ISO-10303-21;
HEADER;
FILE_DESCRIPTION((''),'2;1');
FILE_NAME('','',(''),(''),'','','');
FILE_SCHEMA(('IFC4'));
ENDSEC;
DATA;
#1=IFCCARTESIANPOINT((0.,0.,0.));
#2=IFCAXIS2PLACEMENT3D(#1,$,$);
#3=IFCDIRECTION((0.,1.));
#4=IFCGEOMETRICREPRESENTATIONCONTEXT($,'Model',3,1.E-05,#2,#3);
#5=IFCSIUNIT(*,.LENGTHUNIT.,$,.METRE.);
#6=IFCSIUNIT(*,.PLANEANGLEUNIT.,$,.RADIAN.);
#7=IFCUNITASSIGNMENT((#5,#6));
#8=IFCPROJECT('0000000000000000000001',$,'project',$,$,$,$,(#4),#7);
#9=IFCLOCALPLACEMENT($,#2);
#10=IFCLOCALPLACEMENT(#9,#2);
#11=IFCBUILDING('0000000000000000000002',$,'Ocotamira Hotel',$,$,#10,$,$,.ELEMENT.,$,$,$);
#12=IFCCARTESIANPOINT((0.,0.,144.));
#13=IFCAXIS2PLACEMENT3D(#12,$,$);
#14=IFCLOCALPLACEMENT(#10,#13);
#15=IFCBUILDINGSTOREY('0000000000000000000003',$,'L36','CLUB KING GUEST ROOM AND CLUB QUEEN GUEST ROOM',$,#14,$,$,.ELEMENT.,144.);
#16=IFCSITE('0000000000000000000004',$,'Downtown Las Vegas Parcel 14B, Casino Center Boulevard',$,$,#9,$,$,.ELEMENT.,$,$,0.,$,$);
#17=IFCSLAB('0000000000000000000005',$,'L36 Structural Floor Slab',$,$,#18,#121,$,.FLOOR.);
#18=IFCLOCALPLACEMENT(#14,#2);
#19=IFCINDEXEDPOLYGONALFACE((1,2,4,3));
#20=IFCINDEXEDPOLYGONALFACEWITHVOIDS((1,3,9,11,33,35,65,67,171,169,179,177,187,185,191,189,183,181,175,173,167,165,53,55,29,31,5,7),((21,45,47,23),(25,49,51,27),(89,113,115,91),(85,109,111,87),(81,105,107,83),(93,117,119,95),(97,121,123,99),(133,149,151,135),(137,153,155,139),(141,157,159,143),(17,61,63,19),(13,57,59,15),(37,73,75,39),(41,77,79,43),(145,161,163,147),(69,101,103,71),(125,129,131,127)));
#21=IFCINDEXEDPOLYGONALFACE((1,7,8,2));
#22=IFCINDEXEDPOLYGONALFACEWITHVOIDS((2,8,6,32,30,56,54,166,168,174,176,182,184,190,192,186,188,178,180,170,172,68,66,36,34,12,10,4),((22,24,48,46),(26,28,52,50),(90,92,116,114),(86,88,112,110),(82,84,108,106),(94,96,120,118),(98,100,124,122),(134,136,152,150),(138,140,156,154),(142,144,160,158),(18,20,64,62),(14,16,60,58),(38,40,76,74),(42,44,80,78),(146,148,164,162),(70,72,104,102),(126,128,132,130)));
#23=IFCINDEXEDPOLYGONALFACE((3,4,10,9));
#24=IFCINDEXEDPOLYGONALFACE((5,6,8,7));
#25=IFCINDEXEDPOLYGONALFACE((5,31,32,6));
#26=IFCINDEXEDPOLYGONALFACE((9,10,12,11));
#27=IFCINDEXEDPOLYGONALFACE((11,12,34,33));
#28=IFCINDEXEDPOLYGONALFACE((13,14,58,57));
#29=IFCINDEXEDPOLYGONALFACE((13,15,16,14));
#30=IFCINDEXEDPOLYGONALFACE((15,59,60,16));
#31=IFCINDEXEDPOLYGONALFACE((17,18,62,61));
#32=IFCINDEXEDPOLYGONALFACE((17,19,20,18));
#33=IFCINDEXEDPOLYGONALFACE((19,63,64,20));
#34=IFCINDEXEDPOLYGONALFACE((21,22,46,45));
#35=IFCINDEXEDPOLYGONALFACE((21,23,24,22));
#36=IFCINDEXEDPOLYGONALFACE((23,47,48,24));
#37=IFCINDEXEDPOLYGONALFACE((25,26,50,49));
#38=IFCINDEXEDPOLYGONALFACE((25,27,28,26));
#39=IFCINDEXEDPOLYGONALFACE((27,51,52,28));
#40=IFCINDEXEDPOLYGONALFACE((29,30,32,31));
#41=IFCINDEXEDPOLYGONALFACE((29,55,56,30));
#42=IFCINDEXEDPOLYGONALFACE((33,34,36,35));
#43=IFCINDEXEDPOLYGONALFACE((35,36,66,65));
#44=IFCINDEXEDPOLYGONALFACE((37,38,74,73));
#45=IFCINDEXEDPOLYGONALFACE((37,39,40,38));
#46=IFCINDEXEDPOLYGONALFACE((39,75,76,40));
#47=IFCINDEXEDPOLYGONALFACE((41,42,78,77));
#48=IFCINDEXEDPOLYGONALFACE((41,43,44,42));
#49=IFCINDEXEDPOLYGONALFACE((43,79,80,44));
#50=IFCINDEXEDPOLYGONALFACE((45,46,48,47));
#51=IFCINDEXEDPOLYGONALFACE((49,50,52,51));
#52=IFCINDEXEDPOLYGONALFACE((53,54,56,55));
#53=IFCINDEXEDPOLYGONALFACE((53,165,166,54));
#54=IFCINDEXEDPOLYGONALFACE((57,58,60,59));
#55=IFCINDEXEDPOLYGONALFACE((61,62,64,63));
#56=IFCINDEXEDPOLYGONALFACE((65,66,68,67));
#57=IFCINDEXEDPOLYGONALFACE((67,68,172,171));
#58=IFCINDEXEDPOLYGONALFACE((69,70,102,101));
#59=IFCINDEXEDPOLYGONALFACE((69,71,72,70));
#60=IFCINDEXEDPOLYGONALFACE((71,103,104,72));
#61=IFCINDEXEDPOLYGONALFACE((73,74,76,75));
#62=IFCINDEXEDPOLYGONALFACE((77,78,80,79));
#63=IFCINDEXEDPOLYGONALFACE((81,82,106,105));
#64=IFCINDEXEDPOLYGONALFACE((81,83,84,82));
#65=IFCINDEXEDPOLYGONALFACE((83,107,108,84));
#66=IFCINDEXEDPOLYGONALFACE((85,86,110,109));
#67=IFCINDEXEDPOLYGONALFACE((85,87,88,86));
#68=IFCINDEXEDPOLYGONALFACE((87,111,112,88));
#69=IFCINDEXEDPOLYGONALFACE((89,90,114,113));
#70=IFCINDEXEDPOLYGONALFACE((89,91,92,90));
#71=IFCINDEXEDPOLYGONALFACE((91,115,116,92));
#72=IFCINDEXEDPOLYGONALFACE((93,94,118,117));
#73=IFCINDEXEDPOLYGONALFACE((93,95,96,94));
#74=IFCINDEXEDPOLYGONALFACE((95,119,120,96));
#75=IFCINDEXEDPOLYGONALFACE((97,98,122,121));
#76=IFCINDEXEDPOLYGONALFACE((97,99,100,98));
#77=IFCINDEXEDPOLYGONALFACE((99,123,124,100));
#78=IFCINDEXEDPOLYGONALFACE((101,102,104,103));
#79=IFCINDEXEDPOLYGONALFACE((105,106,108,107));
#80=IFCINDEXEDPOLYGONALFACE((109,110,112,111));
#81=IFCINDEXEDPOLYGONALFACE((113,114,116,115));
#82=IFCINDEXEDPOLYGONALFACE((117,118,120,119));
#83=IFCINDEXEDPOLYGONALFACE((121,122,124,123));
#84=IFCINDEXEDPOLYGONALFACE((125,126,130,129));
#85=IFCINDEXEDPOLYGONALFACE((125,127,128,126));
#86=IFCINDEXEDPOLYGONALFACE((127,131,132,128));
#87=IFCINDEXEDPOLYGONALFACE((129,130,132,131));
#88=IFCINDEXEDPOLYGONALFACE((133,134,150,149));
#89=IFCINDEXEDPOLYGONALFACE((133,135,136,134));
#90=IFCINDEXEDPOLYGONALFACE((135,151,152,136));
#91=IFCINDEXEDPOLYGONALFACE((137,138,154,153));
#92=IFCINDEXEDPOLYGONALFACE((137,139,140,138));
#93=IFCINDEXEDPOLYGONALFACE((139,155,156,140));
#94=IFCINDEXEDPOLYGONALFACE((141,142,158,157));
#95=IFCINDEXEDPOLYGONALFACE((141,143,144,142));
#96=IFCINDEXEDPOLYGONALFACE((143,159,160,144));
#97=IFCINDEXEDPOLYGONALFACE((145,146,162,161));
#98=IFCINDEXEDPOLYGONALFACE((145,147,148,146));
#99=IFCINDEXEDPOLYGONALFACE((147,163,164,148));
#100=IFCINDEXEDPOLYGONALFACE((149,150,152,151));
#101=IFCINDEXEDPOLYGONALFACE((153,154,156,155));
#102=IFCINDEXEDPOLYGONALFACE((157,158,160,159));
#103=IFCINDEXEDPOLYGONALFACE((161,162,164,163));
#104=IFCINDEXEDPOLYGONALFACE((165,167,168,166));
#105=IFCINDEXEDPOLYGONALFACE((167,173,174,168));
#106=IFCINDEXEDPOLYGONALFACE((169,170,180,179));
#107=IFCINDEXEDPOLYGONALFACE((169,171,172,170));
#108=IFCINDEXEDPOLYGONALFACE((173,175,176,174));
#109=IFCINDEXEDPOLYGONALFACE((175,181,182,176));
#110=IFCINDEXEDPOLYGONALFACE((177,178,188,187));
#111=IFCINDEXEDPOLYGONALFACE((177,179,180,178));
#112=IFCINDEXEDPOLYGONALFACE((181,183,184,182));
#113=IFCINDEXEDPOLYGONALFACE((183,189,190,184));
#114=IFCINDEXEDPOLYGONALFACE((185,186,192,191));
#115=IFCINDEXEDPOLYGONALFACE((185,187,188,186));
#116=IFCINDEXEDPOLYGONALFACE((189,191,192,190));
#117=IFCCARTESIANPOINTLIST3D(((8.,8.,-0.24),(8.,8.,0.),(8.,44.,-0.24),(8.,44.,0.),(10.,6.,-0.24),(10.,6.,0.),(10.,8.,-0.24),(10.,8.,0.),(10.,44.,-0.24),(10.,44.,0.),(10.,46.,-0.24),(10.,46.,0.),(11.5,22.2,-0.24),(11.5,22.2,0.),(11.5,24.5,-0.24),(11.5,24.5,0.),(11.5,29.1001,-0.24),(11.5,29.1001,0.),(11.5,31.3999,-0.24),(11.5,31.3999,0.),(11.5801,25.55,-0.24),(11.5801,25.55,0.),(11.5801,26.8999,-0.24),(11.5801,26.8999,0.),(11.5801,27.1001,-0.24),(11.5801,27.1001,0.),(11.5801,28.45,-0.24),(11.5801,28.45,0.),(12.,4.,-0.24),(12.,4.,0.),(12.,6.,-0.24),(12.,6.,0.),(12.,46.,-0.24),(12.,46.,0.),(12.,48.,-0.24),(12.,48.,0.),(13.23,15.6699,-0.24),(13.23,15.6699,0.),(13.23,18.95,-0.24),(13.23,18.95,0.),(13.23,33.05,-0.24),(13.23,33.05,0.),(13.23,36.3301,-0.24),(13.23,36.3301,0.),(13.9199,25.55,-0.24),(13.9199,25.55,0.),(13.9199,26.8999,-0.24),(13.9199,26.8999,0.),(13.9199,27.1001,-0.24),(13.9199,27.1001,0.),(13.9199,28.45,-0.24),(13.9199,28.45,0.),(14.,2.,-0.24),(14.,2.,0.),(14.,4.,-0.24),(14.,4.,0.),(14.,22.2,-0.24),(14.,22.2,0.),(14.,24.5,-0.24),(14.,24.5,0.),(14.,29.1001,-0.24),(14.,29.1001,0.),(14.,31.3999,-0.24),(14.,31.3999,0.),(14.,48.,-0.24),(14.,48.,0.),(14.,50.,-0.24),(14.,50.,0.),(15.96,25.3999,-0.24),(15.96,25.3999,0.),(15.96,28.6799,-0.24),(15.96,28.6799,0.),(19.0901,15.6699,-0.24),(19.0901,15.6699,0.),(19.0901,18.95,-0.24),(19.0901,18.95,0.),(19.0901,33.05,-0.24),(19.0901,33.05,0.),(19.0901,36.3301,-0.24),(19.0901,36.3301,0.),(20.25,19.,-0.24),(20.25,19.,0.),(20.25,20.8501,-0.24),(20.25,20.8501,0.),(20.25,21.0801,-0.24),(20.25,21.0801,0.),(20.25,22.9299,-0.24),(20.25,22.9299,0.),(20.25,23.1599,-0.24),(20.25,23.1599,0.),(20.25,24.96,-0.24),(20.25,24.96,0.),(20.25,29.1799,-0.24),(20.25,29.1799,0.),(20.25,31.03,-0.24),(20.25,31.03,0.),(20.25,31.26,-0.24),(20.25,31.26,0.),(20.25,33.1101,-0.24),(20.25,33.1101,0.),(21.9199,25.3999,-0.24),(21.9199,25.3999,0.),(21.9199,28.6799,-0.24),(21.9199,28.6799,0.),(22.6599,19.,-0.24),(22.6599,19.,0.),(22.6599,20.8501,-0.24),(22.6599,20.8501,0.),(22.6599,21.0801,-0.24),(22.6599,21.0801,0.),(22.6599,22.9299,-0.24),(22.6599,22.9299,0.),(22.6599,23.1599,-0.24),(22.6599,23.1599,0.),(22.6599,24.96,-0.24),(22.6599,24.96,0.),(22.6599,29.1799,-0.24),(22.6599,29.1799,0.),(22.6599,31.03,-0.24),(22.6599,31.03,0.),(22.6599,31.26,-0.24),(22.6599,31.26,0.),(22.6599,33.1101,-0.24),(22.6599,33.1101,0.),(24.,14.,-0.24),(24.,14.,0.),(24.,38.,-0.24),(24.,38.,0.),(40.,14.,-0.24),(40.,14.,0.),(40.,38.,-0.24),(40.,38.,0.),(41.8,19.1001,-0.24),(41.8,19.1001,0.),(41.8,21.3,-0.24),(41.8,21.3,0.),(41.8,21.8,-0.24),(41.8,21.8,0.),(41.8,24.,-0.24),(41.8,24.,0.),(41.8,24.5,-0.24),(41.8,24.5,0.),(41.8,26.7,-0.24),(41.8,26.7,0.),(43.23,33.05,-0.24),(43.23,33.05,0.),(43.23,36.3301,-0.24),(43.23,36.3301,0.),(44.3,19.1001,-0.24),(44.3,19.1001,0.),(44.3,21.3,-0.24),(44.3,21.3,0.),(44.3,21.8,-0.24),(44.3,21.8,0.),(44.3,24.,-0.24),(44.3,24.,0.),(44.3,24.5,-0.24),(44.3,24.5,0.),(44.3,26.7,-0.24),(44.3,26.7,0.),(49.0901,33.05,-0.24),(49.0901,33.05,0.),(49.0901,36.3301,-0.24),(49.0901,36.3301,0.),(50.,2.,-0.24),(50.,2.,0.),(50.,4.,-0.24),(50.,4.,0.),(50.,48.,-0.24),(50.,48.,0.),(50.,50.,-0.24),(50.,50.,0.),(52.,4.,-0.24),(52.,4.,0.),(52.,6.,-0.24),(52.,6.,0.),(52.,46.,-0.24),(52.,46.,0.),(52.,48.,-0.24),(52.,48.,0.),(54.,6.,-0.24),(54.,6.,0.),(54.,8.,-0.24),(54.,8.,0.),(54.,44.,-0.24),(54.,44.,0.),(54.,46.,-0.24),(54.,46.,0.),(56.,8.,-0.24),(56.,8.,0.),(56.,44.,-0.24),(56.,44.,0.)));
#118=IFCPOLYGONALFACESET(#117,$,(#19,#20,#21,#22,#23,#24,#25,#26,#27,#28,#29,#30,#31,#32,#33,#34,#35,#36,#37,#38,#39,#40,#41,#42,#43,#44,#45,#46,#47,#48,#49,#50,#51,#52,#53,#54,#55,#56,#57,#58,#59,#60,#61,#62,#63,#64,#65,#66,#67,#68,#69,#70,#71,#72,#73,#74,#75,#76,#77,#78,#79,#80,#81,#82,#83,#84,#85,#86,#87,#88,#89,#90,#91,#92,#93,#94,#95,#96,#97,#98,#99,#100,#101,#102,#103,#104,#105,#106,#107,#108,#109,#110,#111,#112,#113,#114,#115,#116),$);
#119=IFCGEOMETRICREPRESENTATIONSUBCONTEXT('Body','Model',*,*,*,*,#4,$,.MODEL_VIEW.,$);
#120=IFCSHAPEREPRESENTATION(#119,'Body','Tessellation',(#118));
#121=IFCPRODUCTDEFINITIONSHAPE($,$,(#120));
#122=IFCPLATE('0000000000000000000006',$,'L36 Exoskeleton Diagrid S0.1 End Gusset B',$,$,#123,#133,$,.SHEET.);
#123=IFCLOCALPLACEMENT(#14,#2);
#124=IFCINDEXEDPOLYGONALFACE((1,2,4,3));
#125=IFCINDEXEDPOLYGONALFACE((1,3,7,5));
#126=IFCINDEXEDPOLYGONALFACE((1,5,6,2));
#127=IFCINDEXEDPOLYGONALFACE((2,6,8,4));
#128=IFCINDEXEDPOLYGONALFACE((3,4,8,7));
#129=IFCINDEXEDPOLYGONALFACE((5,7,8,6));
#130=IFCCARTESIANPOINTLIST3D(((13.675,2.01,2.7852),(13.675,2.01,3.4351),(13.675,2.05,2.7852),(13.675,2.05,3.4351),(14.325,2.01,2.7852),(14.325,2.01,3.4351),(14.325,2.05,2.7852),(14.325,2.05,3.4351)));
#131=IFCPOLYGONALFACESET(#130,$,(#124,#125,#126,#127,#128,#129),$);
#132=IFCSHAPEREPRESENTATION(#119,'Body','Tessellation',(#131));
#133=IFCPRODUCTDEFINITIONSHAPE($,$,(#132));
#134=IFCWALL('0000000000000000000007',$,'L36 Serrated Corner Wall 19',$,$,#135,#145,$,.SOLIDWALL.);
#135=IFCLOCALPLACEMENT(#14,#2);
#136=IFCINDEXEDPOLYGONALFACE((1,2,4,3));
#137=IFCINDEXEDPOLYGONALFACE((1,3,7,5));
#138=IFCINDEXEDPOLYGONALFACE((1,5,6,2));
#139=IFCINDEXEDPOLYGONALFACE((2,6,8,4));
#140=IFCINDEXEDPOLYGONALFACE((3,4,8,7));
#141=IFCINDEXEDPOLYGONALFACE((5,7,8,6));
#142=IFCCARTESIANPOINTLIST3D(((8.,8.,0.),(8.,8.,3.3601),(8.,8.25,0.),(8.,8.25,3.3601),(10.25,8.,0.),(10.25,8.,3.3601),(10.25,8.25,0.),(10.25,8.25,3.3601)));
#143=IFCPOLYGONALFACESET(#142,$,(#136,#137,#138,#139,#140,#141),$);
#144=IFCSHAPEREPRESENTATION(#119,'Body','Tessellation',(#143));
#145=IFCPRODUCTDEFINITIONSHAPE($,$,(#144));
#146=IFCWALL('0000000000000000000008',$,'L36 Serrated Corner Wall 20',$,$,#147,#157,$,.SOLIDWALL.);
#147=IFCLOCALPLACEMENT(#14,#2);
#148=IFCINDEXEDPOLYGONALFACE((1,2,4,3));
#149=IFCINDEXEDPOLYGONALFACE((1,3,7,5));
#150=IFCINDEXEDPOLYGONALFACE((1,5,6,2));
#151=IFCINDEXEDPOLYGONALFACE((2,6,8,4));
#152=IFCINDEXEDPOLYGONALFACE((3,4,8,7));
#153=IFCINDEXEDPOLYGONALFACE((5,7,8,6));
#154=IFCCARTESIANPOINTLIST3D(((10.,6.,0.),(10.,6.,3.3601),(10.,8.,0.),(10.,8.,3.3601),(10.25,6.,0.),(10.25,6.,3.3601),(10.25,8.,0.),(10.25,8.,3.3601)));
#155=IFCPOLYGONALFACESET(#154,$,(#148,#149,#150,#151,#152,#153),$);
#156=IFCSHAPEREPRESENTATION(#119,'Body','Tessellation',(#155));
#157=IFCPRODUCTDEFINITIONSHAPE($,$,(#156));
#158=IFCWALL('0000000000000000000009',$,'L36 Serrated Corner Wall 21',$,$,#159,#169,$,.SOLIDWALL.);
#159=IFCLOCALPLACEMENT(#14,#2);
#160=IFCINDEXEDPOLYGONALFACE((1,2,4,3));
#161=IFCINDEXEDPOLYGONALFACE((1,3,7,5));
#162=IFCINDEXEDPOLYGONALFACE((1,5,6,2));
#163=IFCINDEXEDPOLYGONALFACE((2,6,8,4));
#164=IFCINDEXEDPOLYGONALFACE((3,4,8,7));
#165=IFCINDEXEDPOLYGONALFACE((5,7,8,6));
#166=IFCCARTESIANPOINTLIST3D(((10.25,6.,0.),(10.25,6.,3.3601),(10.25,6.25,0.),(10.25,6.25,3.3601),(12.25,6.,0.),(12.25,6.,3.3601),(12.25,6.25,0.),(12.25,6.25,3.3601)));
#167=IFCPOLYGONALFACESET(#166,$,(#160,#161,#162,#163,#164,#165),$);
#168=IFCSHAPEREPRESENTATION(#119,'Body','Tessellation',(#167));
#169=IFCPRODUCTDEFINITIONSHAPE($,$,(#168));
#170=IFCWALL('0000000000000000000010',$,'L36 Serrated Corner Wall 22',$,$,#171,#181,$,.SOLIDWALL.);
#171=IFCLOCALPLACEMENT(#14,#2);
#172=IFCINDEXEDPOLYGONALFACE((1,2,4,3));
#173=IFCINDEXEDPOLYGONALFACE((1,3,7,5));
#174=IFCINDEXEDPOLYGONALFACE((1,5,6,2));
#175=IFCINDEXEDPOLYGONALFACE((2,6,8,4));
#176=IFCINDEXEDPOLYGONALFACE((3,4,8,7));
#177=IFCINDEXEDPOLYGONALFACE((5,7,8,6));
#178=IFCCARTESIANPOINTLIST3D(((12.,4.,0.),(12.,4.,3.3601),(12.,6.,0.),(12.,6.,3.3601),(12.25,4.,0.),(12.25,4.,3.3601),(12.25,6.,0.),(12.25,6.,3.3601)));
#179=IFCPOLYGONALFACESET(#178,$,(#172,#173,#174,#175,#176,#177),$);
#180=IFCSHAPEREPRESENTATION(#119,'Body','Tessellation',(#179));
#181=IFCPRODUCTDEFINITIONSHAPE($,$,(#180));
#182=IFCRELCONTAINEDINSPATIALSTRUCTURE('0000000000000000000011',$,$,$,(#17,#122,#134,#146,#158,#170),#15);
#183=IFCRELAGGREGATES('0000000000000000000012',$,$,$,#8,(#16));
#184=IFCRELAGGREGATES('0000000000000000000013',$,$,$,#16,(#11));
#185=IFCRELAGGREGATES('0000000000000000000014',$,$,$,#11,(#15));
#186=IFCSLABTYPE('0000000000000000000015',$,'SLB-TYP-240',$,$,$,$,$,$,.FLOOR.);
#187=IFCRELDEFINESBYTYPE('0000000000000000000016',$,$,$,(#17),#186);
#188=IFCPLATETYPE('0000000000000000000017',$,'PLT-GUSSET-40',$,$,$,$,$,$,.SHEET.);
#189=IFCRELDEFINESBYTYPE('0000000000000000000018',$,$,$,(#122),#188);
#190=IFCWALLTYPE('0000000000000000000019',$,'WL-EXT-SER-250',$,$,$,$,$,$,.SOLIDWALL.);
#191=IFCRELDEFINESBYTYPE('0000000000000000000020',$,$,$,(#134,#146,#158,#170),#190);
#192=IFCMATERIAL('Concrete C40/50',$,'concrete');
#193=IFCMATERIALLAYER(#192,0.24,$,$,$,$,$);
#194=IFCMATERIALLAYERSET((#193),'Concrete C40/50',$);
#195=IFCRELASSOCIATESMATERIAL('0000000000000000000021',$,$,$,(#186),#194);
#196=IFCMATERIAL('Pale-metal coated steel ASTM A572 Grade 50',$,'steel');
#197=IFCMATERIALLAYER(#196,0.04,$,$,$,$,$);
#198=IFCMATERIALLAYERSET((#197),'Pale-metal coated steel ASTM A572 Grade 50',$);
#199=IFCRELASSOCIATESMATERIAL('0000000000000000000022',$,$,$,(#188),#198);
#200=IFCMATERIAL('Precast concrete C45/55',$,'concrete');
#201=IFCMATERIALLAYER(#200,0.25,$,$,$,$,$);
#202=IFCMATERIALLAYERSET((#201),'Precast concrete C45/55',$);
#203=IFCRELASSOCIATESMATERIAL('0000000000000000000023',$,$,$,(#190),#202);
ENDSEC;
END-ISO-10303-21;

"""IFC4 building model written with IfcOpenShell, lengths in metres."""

from ifc_helpers import new_model, si_unit, direction, frame, frame_2d, origin, origin_2d, place, context, subcontext, project, spatial, polyline, rectangle, outline, extrude, source, transform, mapped, material, layer, layer_set, type_object, element, save


model = new_model("IFC4")

# Units and contexts
model_context = context("Model", 3, precision=1e-05, world=origin(), true_north=direction((0.0, 1.0)))
body_context = subcontext(model_context, "Body", "Model", "MODEL_VIEW")
ifc_project = project(units=[si_unit("LENGTHUNIT", "METRE"), si_unit("PLANEANGLEUNIT", "RADIAN")], contexts=[model_context])

# Site, building, storey
site_placement = place(None, origin())
site = spatial("IfcSite", under=ifc_project, at=site_placement, Name="Downtown Las Vegas Parcel 14B, Casino Center Boulevard", CompositionType="ELEMENT", RefElevation=0.0)
building_placement = place(site_placement, origin())
building = spatial("IfcBuilding", under=site, at=building_placement, Name="Ocotamira Hotel", CompositionType="ELEMENT")
storey_placement = place(building_placement, frame((0.0, 0.0, 144.0)))
storey = spatial("IfcBuildingStorey", under=building, at=storey_placement, Name="L36", Description="CLUB KING GUEST ROOM AND CLUB QUEEN GUEST ROOM", CompositionType="ELEMENT", Elevation=144.0)

# Shared definitions
ifc_material_1 = material(Name="Concrete C40/50", Category="concrete")

# Slab
ifc_layer_1 = layer(ifc_material_1, 0.24)
ifc_layer_set_1 = layer_set([ifc_layer_1], Name="Concrete C40/50")
slab_type_1 = type_object("IfcSlabType", Name="SLB-TYP-240", PredefinedType="FLOOR", material=ifc_layer_set_1)
slab_1_placement = place(storey_placement, frame((0.0, 0.0, -0.24)))
element("IfcSlab", 1, at=slab_1_placement, inside=storey, type_object=slab_type_1, Name="L36 Structural Floor Slab", PredefinedType="FLOOR", context=body_context, shape_type="SweptSolid", body=[
    extrude(outline(polyline([(14.0, 2.0), (50.0, 2.0), (50.0, 4.0), (52.0, 4.0), (52.0, 6.0), (54.0, 6.0), (54.0, 8.0), (56.0, 8.0), (56.0, 44.0), (54.0, 44.0), (54.0, 46.0), (52.0, 46.0), (52.0, 48.0), (50.0, 48.0), (50.0, 50.0), (14.0, 50.0), (14.0, 48.0), (12.0, 48.0), (12.0, 46.0), (10.0, 46.0), (10.0, 44.0), (8.0, 44.0), (8.0, 8.0), (10.0, 8.0), (10.0, 6.0), (12.0, 6.0), (12.0, 4.0), (14.0, 4.0), (14.0, 2.0)]), holes=[polyline([(24.0, 14.0), (40.0, 14.0), (40.0, 38.0), (24.0, 38.0), (24.0, 14.0)]), polyline([(13.23, 15.6699), (19.0901, 15.6699), (19.0901, 18.95), (13.23, 18.95), (13.23, 15.6699)]), polyline([(13.23, 33.05), (19.0901, 33.05), (19.0901, 36.3301), (13.23, 36.3301), (13.23, 33.05)]), polyline([(15.96, 25.3999), (21.9199, 25.3999), (21.9199, 28.6799), (15.96, 28.6799), (15.96, 25.3999)]), polyline([(43.23, 33.05), (49.0901, 33.05), (49.0901, 36.3301), (43.23, 36.3301), (43.23, 33.05)]), polyline([(41.8, 19.1001), (44.3, 19.1001), (44.3, 21.3), (41.8, 21.3), (41.8, 19.1001)]), polyline([(41.8, 21.8), (44.3, 21.8), (44.3, 24.0), (41.8, 24.0), (41.8, 21.8)]), polyline([(41.8, 24.5), (44.3, 24.5), (44.3, 26.7), (41.8, 26.7), (41.8, 24.5)]), polyline([(20.25, 19.0), (22.6599, 19.0), (22.6599, 20.8501), (20.25, 20.8501), (20.25, 19.0)]), polyline([(20.25, 21.0801), (22.6599, 21.0801), (22.6599, 22.9299), (20.25, 22.9299), (20.25, 21.0801)]), polyline([(20.25, 23.1599), (22.6599, 23.1599), (22.6599, 24.96), (20.25, 24.96), (20.25, 23.1599)]), polyline([(20.25, 29.1799), (22.6599, 29.1799), (22.6599, 31.03), (20.25, 31.03), (20.25, 29.1799)]), polyline([(20.25, 31.26), (22.6599, 31.26), (22.6599, 33.1101), (20.25, 33.1101), (20.25, 31.26)]), polyline([(11.5, 22.2), (14.0, 22.2), (14.0, 24.5), (11.5, 24.5), (11.5, 22.2)]), polyline([(11.5, 29.1001), (14.0, 29.1001), (14.0, 31.3999), (11.5, 31.3999), (11.5, 29.1001)]), polyline([(11.5801, 25.55), (13.9199, 25.55), (13.9199, 26.8999), (11.5801, 26.8999), (11.5801, 25.55)]), polyline([(11.5801, 27.1001), (13.9199, 27.1001), (13.9199, 28.45), (11.5801, 28.45), (11.5801, 27.1001)])]), origin(), (0.0, 0.0, 1.0), 0.24),
])

# Plate
ifc_material_2 = material(Name="Pale-metal coated steel ASTM A572 Grade 50", Category="steel")
ifc_layer_2 = layer(ifc_material_2, 0.04)
ifc_layer_set_2 = layer_set([ifc_layer_2], Name="Pale-metal coated steel ASTM A572 Grade 50")
plate_type = type_object("IfcPlateType", Name="PLT-GUSSET-40", PredefinedType="SHEET", material=ifc_layer_set_2)
shared_shape_1 = source(origin(), body_context, "Body", "SweptSolid", [
    extrude(rectangle(XDim=0.6499, YDim=0.04, at=origin_2d()), origin(), (0.0, 0.0, 1.0), 0.6499),
])
plate_placement = place(storey_placement, frame((14.0, 2.03, 2.7852), z_axis=(0.0, 0.0, 1.0), x_axis=(-1.0, 0.0, 0.0)))
element("IfcPlate", 2, at=plate_placement, inside=storey, type_object=plate_type, Name="L36 Exoskeleton Diagrid S0.1 End Gusset B", PredefinedType="SHEET", context=body_context, shape_type="MappedRepresentation", body=[
    mapped(shared_shape_1, transform((0.0, 0.0, 0.0), scale=1.0)),
])

# Walls
ifc_material_3 = material(Name="Precast concrete C45/55", Category="concrete")
ifc_layer_3 = layer(ifc_material_3, 0.25)
ifc_layer_set_3 = layer_set([ifc_layer_3], Name="Precast concrete C45/55")
wall_type_1 = type_object("IfcWallType", Name="WL-EXT-SER-250", PredefinedType="SOLIDWALL", material=ifc_layer_set_3)
wall_1_placement = place(storey_placement, frame((8.0, 8.125, 0.0), z_axis=(0.0, 0.0, 1.0), x_axis=(1.0, 0.0, 0.0)))
element("IfcWall", 3, at=wall_1_placement, inside=storey, type_object=wall_type_1, Name="L36 Serrated Corner Wall 19", PredefinedType="SOLIDWALL", context=body_context, shape_type="SweptSolid", body=[
    extrude(rectangle(XDim=2.25, YDim=0.25, at=frame_2d((1.125, 0.0))), origin(), (0.0, 0.0, 1.0), 3.3601),
])
for number, where, z_axis, x_axis, name in (
    (4, (10.125, 8.0, 0.0), (0.0, 0.0, 1.0), (0.0, -1.0, 0.0), "L36 Serrated Corner Wall 20"),
    (5, (10.25, 6.125, 0.0), (0.0, 0.0, 1.0), (1.0, 0.0, 0.0), "L36 Serrated Corner Wall 21"),
    (6, (12.125, 6.0, 0.0), (0.0, 0.0, 1.0), (0.0, -1.0, 0.0), "L36 Serrated Corner Wall 22"),
):
    element("IfcWall", number, at=place(storey_placement, frame(where, z_axis=z_axis, x_axis=x_axis)), inside=storey, type_object=wall_type_1, Name=name, PredefinedType="SOLIDWALL", context=body_context, shape_type="SweptSolid", body=[
        extrude(rectangle(XDim=2.0, YDim=0.25, at=frame_2d((1.0, 0.0))), origin(), (0.0, 0.0, 1.0), 3.3601),
    ])

save(model, "model.ifc")
